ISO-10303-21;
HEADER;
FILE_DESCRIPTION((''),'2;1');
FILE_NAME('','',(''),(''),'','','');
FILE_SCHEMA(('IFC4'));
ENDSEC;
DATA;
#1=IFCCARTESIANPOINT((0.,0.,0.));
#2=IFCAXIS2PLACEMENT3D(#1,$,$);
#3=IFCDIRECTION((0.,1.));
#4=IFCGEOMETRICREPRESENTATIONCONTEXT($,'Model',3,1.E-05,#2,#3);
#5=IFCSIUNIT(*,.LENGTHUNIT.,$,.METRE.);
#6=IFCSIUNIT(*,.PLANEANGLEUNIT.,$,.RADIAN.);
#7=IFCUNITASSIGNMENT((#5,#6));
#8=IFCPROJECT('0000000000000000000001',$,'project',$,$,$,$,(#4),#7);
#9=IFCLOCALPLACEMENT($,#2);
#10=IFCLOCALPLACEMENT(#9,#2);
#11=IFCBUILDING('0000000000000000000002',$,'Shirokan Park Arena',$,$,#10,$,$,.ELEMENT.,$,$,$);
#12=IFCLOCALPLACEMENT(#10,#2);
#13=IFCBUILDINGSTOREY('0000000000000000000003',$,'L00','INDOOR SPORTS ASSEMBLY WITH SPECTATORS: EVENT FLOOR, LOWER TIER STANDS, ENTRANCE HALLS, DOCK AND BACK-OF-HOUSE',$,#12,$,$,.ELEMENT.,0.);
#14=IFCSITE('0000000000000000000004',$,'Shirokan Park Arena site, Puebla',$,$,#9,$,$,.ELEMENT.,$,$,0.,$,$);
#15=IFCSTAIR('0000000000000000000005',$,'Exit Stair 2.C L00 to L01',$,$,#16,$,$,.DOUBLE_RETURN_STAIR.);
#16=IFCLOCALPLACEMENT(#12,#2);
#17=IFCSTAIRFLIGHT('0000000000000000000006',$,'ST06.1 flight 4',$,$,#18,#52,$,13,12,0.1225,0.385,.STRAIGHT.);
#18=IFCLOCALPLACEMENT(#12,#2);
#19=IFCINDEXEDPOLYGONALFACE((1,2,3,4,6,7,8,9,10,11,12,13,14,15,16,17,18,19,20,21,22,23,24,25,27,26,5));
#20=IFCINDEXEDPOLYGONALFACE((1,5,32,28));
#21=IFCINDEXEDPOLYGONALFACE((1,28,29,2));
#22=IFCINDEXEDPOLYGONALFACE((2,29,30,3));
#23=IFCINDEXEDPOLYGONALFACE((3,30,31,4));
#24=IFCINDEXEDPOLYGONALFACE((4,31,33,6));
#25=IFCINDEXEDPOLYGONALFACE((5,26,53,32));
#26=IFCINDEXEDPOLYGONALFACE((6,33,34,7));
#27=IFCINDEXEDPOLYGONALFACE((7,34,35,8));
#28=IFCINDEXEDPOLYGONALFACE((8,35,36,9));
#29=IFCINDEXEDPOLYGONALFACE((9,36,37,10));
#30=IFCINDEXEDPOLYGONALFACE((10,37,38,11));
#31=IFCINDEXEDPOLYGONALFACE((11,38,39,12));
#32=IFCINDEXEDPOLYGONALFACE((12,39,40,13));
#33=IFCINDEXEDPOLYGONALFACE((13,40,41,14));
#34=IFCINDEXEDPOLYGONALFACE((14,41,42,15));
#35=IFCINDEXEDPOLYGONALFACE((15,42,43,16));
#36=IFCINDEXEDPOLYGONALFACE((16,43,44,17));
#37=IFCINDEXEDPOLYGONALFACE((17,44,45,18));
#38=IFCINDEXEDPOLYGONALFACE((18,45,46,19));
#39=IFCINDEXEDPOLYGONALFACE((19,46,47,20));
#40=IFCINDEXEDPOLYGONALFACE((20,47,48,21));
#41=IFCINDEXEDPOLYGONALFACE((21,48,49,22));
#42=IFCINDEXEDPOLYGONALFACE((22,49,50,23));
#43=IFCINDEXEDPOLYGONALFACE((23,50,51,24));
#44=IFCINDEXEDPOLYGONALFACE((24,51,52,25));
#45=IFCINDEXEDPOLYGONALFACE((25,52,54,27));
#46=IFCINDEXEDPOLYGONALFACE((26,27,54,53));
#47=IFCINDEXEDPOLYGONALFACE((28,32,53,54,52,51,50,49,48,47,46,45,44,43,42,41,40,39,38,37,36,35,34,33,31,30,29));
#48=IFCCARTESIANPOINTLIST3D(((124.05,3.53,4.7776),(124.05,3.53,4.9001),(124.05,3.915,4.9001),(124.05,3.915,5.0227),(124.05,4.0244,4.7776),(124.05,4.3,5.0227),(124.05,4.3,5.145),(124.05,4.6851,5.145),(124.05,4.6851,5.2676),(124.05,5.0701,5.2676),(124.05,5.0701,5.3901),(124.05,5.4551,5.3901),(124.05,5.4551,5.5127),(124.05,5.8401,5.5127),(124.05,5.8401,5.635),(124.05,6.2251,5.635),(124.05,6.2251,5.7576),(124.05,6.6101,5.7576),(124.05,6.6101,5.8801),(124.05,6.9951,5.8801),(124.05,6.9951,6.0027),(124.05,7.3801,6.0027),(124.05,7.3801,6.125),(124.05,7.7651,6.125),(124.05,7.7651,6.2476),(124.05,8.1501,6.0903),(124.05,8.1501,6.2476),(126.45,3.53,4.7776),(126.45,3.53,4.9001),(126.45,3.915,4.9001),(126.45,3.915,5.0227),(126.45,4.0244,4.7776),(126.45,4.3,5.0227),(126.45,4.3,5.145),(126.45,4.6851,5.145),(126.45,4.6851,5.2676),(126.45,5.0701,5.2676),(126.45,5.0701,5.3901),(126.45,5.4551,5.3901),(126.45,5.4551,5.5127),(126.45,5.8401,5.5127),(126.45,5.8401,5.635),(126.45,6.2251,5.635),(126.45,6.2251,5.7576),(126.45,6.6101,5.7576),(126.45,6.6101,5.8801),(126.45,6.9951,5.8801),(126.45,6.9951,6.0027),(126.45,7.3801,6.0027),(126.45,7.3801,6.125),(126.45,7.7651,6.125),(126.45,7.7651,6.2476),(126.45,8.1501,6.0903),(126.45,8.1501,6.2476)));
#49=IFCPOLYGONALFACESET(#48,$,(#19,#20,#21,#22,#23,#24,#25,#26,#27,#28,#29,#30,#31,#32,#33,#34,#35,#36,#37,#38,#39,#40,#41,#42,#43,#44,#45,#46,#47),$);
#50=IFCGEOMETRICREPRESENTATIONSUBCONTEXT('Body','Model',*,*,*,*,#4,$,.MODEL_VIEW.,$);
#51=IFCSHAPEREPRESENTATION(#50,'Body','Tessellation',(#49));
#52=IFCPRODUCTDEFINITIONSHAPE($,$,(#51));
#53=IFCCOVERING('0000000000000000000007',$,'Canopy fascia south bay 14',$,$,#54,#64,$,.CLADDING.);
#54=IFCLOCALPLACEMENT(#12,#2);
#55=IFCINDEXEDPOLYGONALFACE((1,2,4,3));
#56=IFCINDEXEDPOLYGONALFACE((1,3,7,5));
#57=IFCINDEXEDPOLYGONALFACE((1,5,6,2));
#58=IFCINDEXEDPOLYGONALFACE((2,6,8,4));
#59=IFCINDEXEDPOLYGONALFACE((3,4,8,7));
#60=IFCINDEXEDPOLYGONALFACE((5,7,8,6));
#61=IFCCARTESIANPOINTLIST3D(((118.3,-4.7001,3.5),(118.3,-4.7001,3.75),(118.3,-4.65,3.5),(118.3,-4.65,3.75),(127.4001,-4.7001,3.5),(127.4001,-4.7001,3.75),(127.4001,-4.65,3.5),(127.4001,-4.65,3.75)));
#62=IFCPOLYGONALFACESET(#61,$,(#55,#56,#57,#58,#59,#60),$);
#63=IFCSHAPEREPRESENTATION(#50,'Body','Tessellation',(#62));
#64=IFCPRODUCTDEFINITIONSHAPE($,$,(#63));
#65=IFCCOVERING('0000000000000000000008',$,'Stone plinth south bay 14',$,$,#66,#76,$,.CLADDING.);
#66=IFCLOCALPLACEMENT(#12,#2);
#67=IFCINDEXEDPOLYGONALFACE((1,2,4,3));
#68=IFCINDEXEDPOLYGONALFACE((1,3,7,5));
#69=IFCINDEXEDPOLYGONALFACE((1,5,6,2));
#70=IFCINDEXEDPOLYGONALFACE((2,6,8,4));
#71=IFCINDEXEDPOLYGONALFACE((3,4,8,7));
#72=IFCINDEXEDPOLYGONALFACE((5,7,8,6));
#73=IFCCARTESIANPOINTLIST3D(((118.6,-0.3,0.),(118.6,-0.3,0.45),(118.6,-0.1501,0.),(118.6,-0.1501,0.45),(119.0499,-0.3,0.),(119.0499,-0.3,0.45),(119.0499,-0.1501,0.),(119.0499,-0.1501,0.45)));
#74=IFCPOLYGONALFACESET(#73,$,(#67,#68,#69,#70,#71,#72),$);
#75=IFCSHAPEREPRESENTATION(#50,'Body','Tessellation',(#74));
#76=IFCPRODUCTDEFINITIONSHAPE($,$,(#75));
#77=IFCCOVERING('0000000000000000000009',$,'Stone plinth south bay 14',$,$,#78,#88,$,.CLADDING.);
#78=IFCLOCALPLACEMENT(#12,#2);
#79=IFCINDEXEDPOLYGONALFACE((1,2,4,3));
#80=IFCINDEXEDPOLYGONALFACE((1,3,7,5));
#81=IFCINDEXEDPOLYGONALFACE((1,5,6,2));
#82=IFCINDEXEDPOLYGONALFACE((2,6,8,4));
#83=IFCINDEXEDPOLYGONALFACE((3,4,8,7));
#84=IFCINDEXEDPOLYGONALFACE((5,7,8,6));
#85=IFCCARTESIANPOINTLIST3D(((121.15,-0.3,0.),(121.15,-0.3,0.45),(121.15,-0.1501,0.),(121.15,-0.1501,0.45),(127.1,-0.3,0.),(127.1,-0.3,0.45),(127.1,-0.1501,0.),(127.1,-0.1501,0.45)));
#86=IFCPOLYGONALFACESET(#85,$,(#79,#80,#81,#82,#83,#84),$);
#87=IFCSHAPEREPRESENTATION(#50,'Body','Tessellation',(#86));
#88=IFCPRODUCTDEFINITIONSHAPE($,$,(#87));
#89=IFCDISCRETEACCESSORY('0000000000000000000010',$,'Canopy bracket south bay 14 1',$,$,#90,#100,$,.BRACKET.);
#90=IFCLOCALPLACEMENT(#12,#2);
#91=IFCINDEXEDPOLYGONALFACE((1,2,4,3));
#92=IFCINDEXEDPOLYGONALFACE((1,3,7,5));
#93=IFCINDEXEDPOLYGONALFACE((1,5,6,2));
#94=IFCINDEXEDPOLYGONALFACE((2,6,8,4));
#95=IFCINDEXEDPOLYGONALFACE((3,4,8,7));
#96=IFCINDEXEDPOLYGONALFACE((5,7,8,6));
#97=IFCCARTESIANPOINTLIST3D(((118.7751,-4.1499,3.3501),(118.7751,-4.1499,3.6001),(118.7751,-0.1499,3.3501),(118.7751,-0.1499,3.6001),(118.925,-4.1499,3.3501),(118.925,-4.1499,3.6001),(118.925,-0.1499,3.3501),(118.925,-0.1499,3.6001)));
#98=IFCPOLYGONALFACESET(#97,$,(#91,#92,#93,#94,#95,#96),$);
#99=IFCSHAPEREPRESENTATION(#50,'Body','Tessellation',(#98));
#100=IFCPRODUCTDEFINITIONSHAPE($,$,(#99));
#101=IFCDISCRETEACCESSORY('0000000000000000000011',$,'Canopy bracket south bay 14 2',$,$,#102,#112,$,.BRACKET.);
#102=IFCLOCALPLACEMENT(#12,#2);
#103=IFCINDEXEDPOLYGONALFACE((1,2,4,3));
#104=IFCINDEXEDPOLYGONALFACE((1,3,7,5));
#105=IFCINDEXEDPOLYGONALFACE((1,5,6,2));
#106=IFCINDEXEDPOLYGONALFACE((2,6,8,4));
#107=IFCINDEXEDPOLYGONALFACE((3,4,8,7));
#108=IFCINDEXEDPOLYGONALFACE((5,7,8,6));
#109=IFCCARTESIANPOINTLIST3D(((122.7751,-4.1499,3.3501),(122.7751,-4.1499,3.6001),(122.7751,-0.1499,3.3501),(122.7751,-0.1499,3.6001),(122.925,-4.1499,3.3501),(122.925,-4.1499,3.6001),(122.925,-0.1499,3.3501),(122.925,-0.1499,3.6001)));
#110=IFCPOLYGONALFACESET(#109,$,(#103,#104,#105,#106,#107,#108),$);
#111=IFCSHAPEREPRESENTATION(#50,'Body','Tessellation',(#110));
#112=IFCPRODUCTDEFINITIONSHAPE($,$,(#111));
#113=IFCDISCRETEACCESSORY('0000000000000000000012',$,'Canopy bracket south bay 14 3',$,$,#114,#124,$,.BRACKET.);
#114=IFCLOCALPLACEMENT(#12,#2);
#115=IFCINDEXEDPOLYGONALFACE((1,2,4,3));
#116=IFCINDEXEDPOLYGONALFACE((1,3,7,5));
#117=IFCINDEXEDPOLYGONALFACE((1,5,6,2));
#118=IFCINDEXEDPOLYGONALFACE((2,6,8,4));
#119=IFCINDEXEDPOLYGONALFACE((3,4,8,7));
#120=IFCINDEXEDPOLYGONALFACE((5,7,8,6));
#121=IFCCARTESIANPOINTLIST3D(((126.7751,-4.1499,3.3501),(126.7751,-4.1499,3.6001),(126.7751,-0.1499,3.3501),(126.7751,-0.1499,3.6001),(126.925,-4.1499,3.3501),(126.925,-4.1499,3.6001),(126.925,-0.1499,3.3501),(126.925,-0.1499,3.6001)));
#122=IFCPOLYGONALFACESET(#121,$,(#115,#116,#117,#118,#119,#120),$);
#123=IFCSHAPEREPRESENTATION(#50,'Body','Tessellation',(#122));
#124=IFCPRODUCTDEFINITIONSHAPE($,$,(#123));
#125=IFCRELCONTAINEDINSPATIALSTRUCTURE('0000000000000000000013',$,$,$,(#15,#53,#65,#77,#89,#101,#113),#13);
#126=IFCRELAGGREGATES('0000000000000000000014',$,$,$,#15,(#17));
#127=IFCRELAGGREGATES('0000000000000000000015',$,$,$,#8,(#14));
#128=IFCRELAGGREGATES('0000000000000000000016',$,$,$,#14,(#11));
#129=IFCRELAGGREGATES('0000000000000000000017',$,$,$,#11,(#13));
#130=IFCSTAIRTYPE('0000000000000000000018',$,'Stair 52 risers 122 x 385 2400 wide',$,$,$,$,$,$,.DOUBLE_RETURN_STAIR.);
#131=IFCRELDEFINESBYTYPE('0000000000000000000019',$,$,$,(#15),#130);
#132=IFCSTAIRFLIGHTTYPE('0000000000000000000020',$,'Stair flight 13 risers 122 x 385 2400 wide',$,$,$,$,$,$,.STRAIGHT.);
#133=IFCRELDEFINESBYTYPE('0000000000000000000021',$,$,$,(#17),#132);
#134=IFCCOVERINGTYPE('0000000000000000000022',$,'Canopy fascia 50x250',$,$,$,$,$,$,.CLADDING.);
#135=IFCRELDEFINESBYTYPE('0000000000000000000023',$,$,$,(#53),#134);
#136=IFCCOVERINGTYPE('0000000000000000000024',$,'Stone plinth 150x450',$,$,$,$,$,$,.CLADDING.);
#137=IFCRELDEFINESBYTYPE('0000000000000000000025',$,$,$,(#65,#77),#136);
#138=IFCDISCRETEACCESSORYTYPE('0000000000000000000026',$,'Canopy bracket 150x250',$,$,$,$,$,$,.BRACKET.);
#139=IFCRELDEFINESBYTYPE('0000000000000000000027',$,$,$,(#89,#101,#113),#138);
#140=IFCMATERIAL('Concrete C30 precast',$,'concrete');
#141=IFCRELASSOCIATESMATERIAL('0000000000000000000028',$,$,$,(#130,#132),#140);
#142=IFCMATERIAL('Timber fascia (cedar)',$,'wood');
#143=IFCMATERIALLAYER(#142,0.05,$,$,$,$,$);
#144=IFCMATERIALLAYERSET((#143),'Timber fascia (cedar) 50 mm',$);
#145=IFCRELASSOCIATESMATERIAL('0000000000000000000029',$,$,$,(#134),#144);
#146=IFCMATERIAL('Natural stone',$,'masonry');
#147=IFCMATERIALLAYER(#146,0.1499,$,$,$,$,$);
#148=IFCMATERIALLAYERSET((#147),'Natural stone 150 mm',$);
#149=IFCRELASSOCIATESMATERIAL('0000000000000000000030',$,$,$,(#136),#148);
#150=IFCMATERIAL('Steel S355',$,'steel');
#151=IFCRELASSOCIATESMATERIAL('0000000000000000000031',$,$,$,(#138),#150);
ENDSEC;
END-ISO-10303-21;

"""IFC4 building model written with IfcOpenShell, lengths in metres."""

from ifc_helpers import new_model, si_unit, direction, frame, origin, origin_2d, place, context, subcontext, project, spatial, polyline, rectangle, outline, extrude, material, layer, layer_set, type_object, element, aggregate, save


model = new_model("IFC4")

# Units and contexts
model_context = context("Model", 3, precision=1e-05, world=origin(), true_north=direction((0.0, 1.0)))
body_context = subcontext(model_context, "Body", "Model", "MODEL_VIEW")
ifc_project = project(units=[si_unit("LENGTHUNIT", "METRE"), si_unit("PLANEANGLEUNIT", "RADIAN")], contexts=[model_context])

# Site, building, storey
site_placement = place(None, origin())
site = spatial("IfcSite", under=ifc_project, at=site_placement, Name="Shirokan Park Arena site, Puebla", CompositionType="ELEMENT", RefElevation=0.0)
building_placement = place(site_placement, origin())
building = spatial("IfcBuilding", under=site, at=building_placement, Name="Shirokan Park Arena", CompositionType="ELEMENT")
storey_placement = place(building_placement, origin())
storey = spatial("IfcBuildingStorey", under=building, at=storey_placement, Name="L00", Description="INDOOR SPORTS ASSEMBLY WITH SPECTATORS: EVENT FLOOR, LOWER TIER STANDS, ENTRANCE HALLS, DOCK AND BACK-OF-HOUSE", CompositionType="ELEMENT", Elevation=0.0)

# Stair, stair flight
ifc_material_1 = material(Name="Concrete C30 precast", Category="concrete")
stair_type = type_object("IfcStairType", Name="Stair 52 risers 122 x 385 2400 wide", PredefinedType="DOUBLE_RETURN_STAIR", material=ifc_material_1)
stair_placement = place(storey_placement, origin())
stair = element("IfcStair", 1, at=stair_placement, inside=storey, type_object=stair_type, Name="Exit Stair 2.C L00 to L01", PredefinedType="DOUBLE_RETURN_STAIR")
stair_flight_type = type_object("IfcStairFlightType", Name="Stair flight 13 risers 122 x 385 2400 wide", PredefinedType="STRAIGHT", material=ifc_material_1)
stair_flight_1_placement = place(storey_placement, frame((125.25, 3.53, 4.7776), z_axis=(0.0, 0.0, 1.0), x_axis=(0.0, 1.0, 0.0)))
stair_flight_1 = element("IfcStairFlight", 2, at=stair_flight_1_placement, type_object=stair_flight_type, Name="ST06.1 flight 4", NumberOfRisers=13, NumberOfTreads=12, PredefinedType="STRAIGHT", RiserHeight=0.1225, TreadLength=0.385, context=body_context, shape_type="SweptSolid", body=[
    extrude(outline(polyline([(0.0, 0.0), (0.0, 0.1226), (0.385, 0.1226), (0.385, 0.2451), (0.77, 0.2451), (0.77, 0.3674), (1.155, 0.3674), (1.155, 0.49), (1.54, 0.49), (1.54, 0.6125), (1.925, 0.6125), (1.925, 0.7351), (2.3101, 0.7351), (2.3101, 0.8574), (2.6951, 0.8574), (2.6951, 0.98), (3.0801, 0.98), (3.0801, 1.1025), (3.4651, 1.1025), (3.4651, 1.2251), (3.8501, 1.2251), (3.8501, 1.3474), (4.2351, 1.3474), (4.2351, 1.47), (4.6201, 1.47), (4.6201, 1.5925), (4.6201, 1.3127), (0.4944, 0.0), (0.0, 0.0)])), frame((0.0, 1.2, 0.0), z_axis=(0.0, -1.0, 0.0), x_axis=(1.0, 0.0, 0.0)), (0.0, 0.0, 1.0), 2.3999),
])
aggregate(stair, [stair_flight_1])

# Covering
ifc_material_2 = material(Name="Timber fascia (cedar)", Category="wood")
ifc_layer_1 = layer(ifc_material_2, 0.05)
ifc_layer_set_1 = layer_set([ifc_layer_1], Name="Timber fascia (cedar) 50 mm")
covering_type_1 = type_object("IfcCoveringType", Name="Canopy fascia 50x250", PredefinedType="CLADDING", material=ifc_layer_set_1)
covering_1_placement = place(storey_placement, frame((122.8501, -4.675, 3.5), z_axis=(0.0, 0.0, 1.0), x_axis=(1.0, 0.0, 0.0)))
element("IfcCovering", 3, at=covering_1_placement, inside=storey, type_object=covering_type_1, Name="Canopy fascia south bay 14", PredefinedType="CLADDING", context=body_context, shape_type="SweptSolid", body=[
    extrude(rectangle(XDim=9.1001, YDim=0.05, at=origin_2d()), origin(), (0.0, 0.0, 1.0), 0.25),
])

# Coverings
ifc_material_3 = material(Name="Natural stone", Category="masonry")
ifc_layer_2 = layer(ifc_material_3, 0.1499)
ifc_layer_set_2 = layer_set([ifc_layer_2], Name="Natural stone 150 mm")
covering_type_2 = type_object("IfcCoveringType", Name="Stone plinth 150x450", PredefinedType="CLADDING", material=ifc_layer_set_2)
covering_2_placement = place(storey_placement, frame((118.825, -0.2251, 0.0), z_axis=(0.0, 0.0, 1.0), x_axis=(1.0, 0.0, 0.0)))
element("IfcCovering", 4, at=covering_2_placement, inside=storey, type_object=covering_type_2, Name="Stone plinth south bay 14", PredefinedType="CLADDING", context=body_context, shape_type="SweptSolid", body=[
    extrude(rectangle(XDim=0.45, YDim=0.1499, at=origin_2d()), origin(), (0.0, 0.0, 1.0), 0.45),
])
covering_3_placement = place(storey_placement, frame((124.125, -0.2251, 0.0), z_axis=(0.0, 0.0, 1.0), x_axis=(1.0, 0.0, 0.0)))
element("IfcCovering", 5, at=covering_3_placement, inside=storey, type_object=covering_type_2, Name="Stone plinth south bay 14", PredefinedType="CLADDING", context=body_context, shape_type="SweptSolid", body=[
    extrude(rectangle(XDim=5.95, YDim=0.1499, at=origin_2d()), origin(), (0.0, 0.0, 1.0), 0.45),
])

# Discrete accessories
ifc_material_4 = material(Name="Steel S355", Category="steel")
discrete_accessory_type = type_object("IfcDiscreteAccessoryType", Name="Canopy bracket 150x250", PredefinedType="BRACKET", material=ifc_material_4)
for number, where, z_axis, x_axis, name in (
    (6, (118.8501, -2.1499, 3.3501), (0.0, 0.0, 1.0), (1.0, 0.0, 0.0), "Canopy bracket south bay 14 1"),
    (7, (122.8501, -2.1499, 3.3501), (0.0, 0.0, 1.0), (1.0, 0.0, 0.0), "Canopy bracket south bay 14 2"),
    (8, (126.8501, -2.1499, 3.3501), (0.0, 0.0, 1.0), (1.0, 0.0, 0.0), "Canopy bracket south bay 14 3"),
):
    element("IfcDiscreteAccessory", number, at=place(storey_placement, frame(where, z_axis=z_axis, x_axis=x_axis)), inside=storey, type_object=discrete_accessory_type, Name=name, PredefinedType="BRACKET", context=body_context, shape_type="SweptSolid", body=[
        extrude(rectangle(XDim=0.1499, YDim=4.0, at=origin_2d()), origin(), (0.0, 0.0, 1.0), 0.25),
    ])

save(model, "model.ifc")
